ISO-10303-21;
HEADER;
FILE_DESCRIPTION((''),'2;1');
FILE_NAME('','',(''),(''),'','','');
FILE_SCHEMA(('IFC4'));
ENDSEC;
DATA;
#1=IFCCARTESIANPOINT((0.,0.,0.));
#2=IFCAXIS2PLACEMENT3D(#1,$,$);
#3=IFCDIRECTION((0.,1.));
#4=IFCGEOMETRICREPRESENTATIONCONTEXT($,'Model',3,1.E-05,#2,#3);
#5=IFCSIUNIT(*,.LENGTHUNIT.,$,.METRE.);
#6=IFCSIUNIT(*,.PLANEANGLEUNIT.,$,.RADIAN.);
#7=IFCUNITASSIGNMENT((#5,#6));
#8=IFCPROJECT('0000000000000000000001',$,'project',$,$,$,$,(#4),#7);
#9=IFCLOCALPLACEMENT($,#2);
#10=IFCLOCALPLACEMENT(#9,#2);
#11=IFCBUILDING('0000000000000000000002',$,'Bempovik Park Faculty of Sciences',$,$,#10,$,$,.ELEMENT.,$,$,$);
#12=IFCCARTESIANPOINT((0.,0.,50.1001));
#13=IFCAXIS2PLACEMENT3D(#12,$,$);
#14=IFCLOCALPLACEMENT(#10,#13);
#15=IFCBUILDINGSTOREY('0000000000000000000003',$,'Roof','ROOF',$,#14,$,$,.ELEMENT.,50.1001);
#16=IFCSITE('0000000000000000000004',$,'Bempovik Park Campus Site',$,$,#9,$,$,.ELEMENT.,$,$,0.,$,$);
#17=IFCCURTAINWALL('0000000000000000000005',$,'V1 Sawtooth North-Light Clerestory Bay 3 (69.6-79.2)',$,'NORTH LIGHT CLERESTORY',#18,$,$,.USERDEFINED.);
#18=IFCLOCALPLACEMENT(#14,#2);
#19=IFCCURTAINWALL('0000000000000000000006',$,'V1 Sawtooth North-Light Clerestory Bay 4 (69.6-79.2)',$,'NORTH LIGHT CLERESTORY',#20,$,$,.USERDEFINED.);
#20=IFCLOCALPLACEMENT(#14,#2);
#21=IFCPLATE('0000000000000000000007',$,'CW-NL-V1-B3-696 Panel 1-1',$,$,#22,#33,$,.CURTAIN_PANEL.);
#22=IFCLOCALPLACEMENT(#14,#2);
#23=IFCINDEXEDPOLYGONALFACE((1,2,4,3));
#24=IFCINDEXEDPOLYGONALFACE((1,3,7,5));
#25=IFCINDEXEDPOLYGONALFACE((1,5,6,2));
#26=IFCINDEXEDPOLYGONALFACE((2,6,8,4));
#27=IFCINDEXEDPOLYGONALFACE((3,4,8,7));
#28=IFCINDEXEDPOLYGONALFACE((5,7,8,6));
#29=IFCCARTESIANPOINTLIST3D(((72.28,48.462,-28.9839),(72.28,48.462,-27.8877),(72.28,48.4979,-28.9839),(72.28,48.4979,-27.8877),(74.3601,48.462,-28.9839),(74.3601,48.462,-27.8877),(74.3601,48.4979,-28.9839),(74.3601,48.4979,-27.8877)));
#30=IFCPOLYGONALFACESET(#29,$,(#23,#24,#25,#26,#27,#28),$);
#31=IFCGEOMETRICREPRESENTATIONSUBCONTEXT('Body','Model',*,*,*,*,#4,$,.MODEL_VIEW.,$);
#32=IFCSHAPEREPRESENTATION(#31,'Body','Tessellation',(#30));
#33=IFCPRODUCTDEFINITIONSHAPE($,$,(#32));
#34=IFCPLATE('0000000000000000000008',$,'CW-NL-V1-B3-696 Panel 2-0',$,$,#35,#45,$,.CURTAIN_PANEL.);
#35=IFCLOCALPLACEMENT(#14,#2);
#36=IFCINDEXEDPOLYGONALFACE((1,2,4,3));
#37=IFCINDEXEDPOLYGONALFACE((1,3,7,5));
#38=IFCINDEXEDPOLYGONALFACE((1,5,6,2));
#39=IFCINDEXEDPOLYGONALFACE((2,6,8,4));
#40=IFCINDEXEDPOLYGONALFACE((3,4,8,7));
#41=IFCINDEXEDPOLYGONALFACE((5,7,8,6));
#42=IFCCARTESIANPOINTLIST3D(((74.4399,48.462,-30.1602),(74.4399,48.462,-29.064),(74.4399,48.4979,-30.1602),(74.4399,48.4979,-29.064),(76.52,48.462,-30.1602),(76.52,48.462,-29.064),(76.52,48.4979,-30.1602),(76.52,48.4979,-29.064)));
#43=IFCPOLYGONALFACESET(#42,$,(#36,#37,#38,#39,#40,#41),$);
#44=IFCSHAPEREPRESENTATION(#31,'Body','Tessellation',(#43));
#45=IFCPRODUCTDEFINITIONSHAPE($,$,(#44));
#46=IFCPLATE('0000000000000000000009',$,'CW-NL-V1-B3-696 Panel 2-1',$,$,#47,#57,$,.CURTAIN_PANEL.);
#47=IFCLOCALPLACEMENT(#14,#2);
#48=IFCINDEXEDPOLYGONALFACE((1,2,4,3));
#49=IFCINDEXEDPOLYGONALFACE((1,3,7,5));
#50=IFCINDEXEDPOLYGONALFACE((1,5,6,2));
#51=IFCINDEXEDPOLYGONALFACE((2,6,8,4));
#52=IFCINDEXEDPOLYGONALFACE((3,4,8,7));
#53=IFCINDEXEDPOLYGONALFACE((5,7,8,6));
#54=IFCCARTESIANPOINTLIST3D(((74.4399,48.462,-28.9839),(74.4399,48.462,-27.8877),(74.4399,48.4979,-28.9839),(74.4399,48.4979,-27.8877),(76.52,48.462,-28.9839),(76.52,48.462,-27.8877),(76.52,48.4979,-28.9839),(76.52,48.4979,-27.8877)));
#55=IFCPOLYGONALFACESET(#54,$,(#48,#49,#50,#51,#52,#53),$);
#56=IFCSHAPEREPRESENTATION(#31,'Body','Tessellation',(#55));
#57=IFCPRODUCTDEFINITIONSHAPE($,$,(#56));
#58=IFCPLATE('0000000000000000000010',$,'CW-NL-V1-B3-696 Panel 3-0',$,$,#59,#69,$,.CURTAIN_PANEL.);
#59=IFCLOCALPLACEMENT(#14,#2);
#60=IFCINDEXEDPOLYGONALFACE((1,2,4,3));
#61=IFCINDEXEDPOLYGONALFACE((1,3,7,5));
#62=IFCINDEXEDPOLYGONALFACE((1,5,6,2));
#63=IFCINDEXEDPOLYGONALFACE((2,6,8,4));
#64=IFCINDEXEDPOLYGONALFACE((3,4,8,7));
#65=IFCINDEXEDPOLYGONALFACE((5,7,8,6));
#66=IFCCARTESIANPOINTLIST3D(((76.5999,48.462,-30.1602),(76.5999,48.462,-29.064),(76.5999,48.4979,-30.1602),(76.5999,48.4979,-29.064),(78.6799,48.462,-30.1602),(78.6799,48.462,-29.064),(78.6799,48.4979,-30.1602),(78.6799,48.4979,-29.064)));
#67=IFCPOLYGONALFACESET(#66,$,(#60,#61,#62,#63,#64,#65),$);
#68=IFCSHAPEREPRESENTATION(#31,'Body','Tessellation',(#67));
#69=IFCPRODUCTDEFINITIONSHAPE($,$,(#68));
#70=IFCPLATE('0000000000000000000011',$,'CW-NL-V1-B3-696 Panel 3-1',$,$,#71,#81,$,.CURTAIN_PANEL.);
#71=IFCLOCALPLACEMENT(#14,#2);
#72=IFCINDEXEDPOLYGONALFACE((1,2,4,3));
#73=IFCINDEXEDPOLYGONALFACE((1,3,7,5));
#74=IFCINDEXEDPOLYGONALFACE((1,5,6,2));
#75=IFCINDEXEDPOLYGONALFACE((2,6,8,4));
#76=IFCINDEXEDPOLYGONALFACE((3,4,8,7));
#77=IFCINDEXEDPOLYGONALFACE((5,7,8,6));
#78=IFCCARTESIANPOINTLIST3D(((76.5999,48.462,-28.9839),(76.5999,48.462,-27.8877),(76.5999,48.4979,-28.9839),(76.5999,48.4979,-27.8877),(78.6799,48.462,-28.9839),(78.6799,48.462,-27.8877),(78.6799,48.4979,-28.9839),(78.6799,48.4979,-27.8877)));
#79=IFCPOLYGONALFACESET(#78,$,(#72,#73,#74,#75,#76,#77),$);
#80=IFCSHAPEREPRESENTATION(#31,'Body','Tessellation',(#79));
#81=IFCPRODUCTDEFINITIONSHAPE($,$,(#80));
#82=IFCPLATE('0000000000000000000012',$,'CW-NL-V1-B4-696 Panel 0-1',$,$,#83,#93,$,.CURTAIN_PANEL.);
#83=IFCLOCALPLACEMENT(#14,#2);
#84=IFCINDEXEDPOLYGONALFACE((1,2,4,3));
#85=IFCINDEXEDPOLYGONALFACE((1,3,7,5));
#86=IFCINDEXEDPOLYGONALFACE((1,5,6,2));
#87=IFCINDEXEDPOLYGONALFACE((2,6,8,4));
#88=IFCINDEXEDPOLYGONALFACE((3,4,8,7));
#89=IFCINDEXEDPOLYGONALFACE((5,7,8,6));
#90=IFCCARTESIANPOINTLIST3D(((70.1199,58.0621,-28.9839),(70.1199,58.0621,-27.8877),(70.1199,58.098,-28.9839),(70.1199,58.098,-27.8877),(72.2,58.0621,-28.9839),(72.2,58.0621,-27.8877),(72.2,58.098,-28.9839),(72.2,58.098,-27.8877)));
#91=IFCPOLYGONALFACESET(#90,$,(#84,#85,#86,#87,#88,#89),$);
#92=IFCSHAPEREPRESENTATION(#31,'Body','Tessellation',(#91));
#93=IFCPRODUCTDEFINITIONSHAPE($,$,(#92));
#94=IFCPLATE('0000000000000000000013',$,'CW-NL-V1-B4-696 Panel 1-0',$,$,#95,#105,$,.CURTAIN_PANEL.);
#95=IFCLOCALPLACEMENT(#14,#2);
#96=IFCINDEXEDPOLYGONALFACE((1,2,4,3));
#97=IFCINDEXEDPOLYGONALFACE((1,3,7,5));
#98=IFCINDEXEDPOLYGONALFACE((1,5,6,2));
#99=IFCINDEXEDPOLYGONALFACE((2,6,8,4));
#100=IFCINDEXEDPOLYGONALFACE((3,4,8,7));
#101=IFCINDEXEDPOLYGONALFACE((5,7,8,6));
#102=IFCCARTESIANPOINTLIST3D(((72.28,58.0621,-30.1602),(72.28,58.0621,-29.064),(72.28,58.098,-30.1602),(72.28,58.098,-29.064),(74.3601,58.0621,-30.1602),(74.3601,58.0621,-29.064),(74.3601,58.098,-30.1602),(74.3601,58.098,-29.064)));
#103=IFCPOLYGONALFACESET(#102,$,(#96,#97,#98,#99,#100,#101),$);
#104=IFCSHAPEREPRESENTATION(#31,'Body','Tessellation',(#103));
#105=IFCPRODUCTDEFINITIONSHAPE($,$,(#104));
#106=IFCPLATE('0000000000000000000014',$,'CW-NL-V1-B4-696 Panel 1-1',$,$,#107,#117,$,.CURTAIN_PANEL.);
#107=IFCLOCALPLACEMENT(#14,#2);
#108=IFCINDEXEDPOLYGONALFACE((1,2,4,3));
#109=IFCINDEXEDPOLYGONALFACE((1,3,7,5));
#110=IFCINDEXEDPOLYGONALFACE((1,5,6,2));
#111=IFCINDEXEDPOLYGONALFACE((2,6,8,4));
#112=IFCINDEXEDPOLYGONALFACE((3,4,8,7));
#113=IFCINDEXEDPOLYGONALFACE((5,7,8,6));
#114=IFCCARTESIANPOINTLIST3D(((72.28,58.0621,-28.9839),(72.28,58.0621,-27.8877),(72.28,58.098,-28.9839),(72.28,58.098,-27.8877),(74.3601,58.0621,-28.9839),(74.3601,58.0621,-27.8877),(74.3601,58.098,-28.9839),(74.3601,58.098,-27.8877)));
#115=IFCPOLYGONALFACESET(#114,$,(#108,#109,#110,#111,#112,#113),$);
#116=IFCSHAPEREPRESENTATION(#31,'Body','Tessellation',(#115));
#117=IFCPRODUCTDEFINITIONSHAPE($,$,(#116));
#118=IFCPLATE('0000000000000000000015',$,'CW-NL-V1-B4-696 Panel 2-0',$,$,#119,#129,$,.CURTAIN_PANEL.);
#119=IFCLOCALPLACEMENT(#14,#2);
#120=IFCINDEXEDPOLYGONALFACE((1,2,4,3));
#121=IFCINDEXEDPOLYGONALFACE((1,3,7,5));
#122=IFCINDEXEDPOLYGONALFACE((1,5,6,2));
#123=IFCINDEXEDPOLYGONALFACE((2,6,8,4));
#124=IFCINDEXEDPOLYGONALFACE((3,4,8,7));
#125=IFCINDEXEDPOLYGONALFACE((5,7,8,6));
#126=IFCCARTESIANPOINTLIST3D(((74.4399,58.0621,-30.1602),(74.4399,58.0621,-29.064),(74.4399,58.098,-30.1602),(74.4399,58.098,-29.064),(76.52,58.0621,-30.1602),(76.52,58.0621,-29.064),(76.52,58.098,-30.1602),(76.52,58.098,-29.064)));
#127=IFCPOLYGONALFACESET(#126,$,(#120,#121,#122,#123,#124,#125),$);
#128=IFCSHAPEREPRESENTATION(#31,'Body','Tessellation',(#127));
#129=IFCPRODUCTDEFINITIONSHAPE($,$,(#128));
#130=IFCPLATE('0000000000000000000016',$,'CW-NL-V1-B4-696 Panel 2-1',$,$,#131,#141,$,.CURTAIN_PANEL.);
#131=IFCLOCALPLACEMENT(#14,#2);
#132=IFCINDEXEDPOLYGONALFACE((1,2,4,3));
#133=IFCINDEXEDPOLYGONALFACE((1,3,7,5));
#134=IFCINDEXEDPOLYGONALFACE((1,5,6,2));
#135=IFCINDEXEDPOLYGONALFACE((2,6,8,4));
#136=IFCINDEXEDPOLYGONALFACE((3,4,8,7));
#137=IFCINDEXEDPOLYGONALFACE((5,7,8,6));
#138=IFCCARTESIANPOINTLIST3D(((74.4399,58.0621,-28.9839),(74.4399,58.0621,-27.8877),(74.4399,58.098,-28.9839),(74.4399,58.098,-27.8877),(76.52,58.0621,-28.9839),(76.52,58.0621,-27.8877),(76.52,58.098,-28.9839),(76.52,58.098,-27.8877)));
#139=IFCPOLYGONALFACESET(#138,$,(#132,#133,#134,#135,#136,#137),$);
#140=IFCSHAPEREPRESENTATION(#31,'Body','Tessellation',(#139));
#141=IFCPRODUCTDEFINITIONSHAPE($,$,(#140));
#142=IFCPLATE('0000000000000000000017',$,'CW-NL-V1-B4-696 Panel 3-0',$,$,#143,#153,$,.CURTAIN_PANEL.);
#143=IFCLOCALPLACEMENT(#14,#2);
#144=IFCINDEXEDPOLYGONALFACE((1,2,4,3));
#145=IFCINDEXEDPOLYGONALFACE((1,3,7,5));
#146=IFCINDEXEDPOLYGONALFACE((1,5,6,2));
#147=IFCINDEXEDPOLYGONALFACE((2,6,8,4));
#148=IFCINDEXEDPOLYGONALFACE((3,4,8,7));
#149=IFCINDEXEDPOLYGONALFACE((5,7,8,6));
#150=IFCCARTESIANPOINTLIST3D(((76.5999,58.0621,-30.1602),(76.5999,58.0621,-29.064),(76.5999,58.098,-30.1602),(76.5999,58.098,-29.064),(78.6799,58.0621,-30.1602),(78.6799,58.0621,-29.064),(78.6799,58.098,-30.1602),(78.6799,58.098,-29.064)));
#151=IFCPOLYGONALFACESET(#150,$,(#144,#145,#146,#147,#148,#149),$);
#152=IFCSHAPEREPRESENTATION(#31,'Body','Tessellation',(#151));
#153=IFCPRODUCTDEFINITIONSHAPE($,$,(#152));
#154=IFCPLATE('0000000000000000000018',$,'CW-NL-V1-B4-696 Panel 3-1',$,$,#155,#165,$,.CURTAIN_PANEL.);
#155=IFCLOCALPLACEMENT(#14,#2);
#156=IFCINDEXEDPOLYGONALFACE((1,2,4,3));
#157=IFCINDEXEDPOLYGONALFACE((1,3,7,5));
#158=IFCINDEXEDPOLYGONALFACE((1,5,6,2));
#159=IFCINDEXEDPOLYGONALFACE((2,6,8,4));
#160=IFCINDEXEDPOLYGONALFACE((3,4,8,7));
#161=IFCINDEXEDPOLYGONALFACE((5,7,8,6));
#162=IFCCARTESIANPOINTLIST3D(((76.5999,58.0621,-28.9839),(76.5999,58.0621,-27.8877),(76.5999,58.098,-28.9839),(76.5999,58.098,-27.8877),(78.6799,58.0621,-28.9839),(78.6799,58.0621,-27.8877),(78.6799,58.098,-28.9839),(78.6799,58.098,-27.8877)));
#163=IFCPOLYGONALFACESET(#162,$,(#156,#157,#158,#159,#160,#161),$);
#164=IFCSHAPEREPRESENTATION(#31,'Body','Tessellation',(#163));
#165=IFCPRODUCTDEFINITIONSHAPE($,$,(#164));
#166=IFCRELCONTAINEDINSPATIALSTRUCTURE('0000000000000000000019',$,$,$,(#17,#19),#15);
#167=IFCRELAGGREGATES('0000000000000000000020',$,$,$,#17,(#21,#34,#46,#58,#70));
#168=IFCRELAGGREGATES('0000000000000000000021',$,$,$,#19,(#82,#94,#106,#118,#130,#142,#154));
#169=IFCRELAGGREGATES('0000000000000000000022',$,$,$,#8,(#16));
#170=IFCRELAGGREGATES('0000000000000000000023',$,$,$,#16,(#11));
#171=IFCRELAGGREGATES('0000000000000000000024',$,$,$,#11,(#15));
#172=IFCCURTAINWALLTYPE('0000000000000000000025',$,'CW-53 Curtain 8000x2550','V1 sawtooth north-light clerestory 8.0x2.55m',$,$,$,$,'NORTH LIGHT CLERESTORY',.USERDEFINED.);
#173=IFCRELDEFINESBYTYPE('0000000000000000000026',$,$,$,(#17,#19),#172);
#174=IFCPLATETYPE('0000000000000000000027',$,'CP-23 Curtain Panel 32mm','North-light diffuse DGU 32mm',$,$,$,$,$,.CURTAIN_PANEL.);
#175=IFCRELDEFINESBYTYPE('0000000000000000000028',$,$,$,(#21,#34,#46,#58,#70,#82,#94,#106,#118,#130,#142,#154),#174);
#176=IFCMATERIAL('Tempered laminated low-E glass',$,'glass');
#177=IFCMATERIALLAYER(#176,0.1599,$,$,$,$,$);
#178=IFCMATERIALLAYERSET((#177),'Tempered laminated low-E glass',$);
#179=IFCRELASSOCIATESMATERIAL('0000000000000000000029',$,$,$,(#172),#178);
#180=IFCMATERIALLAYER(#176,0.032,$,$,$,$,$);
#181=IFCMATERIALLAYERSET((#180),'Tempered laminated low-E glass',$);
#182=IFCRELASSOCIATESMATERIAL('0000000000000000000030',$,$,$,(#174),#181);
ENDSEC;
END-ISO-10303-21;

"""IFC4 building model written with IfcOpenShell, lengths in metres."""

from ifc_helpers import new_model, si_unit, direction, frame, origin, origin_2d, place, context, subcontext, project, spatial, rectangle, extrude, material, layer, layer_set, type_object, element, aggregate, save


model = new_model("IFC4")

# Units and contexts
model_context = context("Model", 3, precision=1e-05, world=origin(), true_north=direction((0.0, 1.0)))
body_context = subcontext(model_context, "Body", "Model", "MODEL_VIEW")
ifc_project = project(units=[si_unit("LENGTHUNIT", "METRE"), si_unit("PLANEANGLEUNIT", "RADIAN")], contexts=[model_context])

# Site, building, storey
site_placement = place(None, origin())
site = spatial("IfcSite", under=ifc_project, at=site_placement, Name="Bempovik Park Campus Site", CompositionType="ELEMENT", RefElevation=0.0)
building_placement = place(site_placement, origin())
building = spatial("IfcBuilding", under=site, at=building_placement, Name="Bempovik Park Faculty of Sciences", CompositionType="ELEMENT")
storey_placement = place(building_placement, frame((0.0, 0.0, 50.1001)))
storey = spatial("IfcBuildingStorey", under=building, at=storey_placement, Name="Roof", Description="ROOF", CompositionType="ELEMENT", Elevation=50.1001)

# Curtain wall
ifc_material_1 = material(Name="Tempered laminated low-E glass", Category="glass")
ifc_layer_1 = layer(ifc_material_1, 0.1599)
ifc_layer_set_1 = layer_set([ifc_layer_1], Name="Tempered laminated low-E glass")
curtain_wall_type = type_object("IfcCurtainWallType", Name="CW-53 Curtain 8000x2550", Description="V1 sawtooth north-light clerestory 8.0x2.55m", ElementType="NORTH LIGHT CLERESTORY", PredefinedType="USERDEFINED", material=ifc_layer_set_1)
curtain_wall_1_placement = place(storey_placement, origin())
curtain_wall_1 = element("IfcCurtainWall", 1, at=curtain_wall_1_placement, inside=storey, type_object=curtain_wall_type, Name="V1 Sawtooth North-Light Clerestory Bay 3 (69.6-79.2)", ObjectType="NORTH LIGHT CLERESTORY", PredefinedType="USERDEFINED")

# Curtain wall
curtain_wall_2_placement = place(storey_placement, origin())
curtain_wall_2 = element("IfcCurtainWall", 2, at=curtain_wall_2_placement, inside=storey, type_object=curtain_wall_type, Name="V1 Sawtooth North-Light Clerestory Bay 4 (69.6-79.2)", ObjectType="NORTH LIGHT CLERESTORY", PredefinedType="USERDEFINED")

# Plates
ifc_layer_2 = layer(ifc_material_1, 0.032)
ifc_layer_set_2 = layer_set([ifc_layer_2], Name="Tempered laminated low-E glass")
plate_type = type_object("IfcPlateType", Name="CP-23 Curtain Panel 32mm", Description="North-light diffuse DGU 32mm", PredefinedType="CURTAIN_PANEL", material=ifc_layer_set_2)
plate_1_placement = place(storey_placement, frame((73.3201, 48.48, -28.9839), z_axis=(0.0, 0.0, 1.0), x_axis=(1.0, 0.0, 0.0)))
plate_1 = element("IfcPlate", 3, at=plate_1_placement, type_object=plate_type, Name="CW-NL-V1-B3-696 Panel 1-1", PredefinedType="CURTAIN_PANEL", context=body_context, shape_type="SweptSolid", body=[
    extrude(rectangle(XDim=2.0801, YDim=0.0359, at=origin_2d()), origin(), (0.0, 0.0, 1.0), 1.0962),
])
plate_2_placement = place(storey_placement, frame((75.48, 48.48, -30.1602), z_axis=(0.0, 0.0, 1.0), x_axis=(1.0, 0.0, 0.0)))
plate_2 = element("IfcPlate", 4, at=plate_2_placement, type_object=plate_type, Name="CW-NL-V1-B3-696 Panel 2-0", PredefinedType="CURTAIN_PANEL", context=body_context, shape_type="SweptSolid", body=[
    extrude(rectangle(XDim=2.0801, YDim=0.0359, at=origin_2d()), origin(), (0.0, 0.0, 1.0), 1.0962),
])
plate_3_placement = place(storey_placement, frame((75.48, 48.48, -28.9839), z_axis=(0.0, 0.0, 1.0), x_axis=(1.0, 0.0, 0.0)))
plate_3 = element("IfcPlate", 5, at=plate_3_placement, type_object=plate_type, Name="CW-NL-V1-B3-696 Panel 2-1", PredefinedType="CURTAIN_PANEL", context=body_context, shape_type="SweptSolid", body=[
    extrude(rectangle(XDim=2.0801, YDim=0.0359, at=origin_2d()), origin(), (0.0, 0.0, 1.0), 1.0962),
])
plate_4_placement = place(storey_placement, frame((77.6399, 48.48, -30.1602), z_axis=(0.0, 0.0, 1.0), x_axis=(1.0, 0.0, 0.0)))
plate_4 = element("IfcPlate", 6, at=plate_4_placement, type_object=plate_type, Name="CW-NL-V1-B3-696 Panel 3-0", PredefinedType="CURTAIN_PANEL", context=body_context, shape_type="SweptSolid", body=[
    extrude(rectangle(XDim=2.0801, YDim=0.0359, at=origin_2d()), origin(), (0.0, 0.0, 1.0), 1.0962),
])
plate_5_placement = place(storey_placement, frame((77.6399, 48.48, -28.9839), z_axis=(0.0, 0.0, 1.0), x_axis=(1.0, 0.0, 0.0)))
plate_5 = element("IfcPlate", 7, at=plate_5_placement, type_object=plate_type, Name="CW-NL-V1-B3-696 Panel 3-1", PredefinedType="CURTAIN_PANEL", context=body_context, shape_type="SweptSolid", body=[
    extrude(rectangle(XDim=2.0801, YDim=0.0359, at=origin_2d()), origin(), (0.0, 0.0, 1.0), 1.0962),
])
aggregate(curtain_wall_1, [plate_1, plate_2, plate_3, plate_4, plate_5])
plate_6_placement = place(storey_placement, frame((71.1599, 58.0801, -28.9839), z_axis=(0.0, 0.0, 1.0), x_axis=(1.0, 0.0, 0.0)))
plate_6 = element("IfcPlate", 8, at=plate_6_placement, type_object=plate_type, Name="CW-NL-V1-B4-696 Panel 0-1", PredefinedType="CURTAIN_PANEL", context=body_context, shape_type="SweptSolid", body=[
    extrude(rectangle(XDim=2.0801, YDim=0.0359, at=origin_2d()), origin(), (0.0, 0.0, 1.0), 1.0962),
])
plate_7_placement = place(storey_placement, frame((73.3201, 58.0801, -30.1602), z_axis=(0.0, 0.0, 1.0), x_axis=(1.0, 0.0, 0.0)))
plate_7 = element("IfcPlate", 9, at=plate_7_placement, type_object=plate_type, Name="CW-NL-V1-B4-696 Panel 1-0", PredefinedType="CURTAIN_PANEL", context=body_context, shape_type="SweptSolid", body=[
    extrude(rectangle(XDim=2.0801, YDim=0.0359, at=origin_2d()), origin(), (0.0, 0.0, 1.0), 1.0962),
])
plate_8_placement = place(storey_placement, frame((73.3201, 58.0801, -28.9839), z_axis=(0.0, 0.0, 1.0), x_axis=(1.0, 0.0, 0.0)))
plate_8 = element("IfcPlate", 10, at=plate_8_placement, type_object=plate_type, Name="CW-NL-V1-B4-696 Panel 1-1", PredefinedType="CURTAIN_PANEL", context=body_context, shape_type="SweptSolid", body=[
    extrude(rectangle(XDim=2.0801, YDim=0.0359, at=origin_2d()), origin(), (0.0, 0.0, 1.0), 1.0962),
])
plate_9_placement = place(storey_placement, frame((75.48, 58.0801, -30.1602), z_axis=(0.0, 0.0, 1.0), x_axis=(1.0, 0.0, 0.0)))
plate_9 = element("IfcPlate", 11, at=plate_9_placement, type_object=plate_type, Name="CW-NL-V1-B4-696 Panel 2-0", PredefinedType="CURTAIN_PANEL", context=body_context, shape_type="SweptSolid", body=[
    extrude(rectangle(XDim=2.0801, YDim=0.0359, at=origin_2d()), origin(), (0.0, 0.0, 1.0), 1.0962),
])
plate_10_placement = place(storey_placement, frame((75.48, 58.0801, -28.9839), z_axis=(0.0, 0.0, 1.0), x_axis=(1.0, 0.0, 0.0)))
plate_10 = element("IfcPlate", 12, at=plate_10_placement, type_object=plate_type, Name="CW-NL-V1-B4-696 Panel 2-1", PredefinedType="CURTAIN_PANEL", context=body_context, shape_type="SweptSolid", body=[
    extrude(rectangle(XDim=2.0801, YDim=0.0359, at=origin_2d()), origin(), (0.0, 0.0, 1.0), 1.0962),
])
plate_11_placement = place(storey_placement, frame((77.6399, 58.0801, -30.1602), z_axis=(0.0, 0.0, 1.0), x_axis=(1.0, 0.0, 0.0)))
plate_11 = element("IfcPlate", 13, at=plate_11_placement, type_object=plate_type, Name="CW-NL-V1-B4-696 Panel 3-0", PredefinedType="CURTAIN_PANEL", context=body_context, shape_type="SweptSolid", body=[
    extrude(rectangle(XDim=2.0801, YDim=0.0359, at=origin_2d()), origin(), (0.0, 0.0, 1.0), 1.0962),
])
plate_12_placement = place(storey_placement, frame((77.6399, 58.0801, -28.9839), z_axis=(0.0, 0.0, 1.0), x_axis=(1.0, 0.0, 0.0)))
plate_12 = element("IfcPlate", 14, at=plate_12_placement, type_object=plate_type, Name="CW-NL-V1-B4-696 Panel 3-1", PredefinedType="CURTAIN_PANEL", context=body_context, shape_type="SweptSolid", body=[
    extrude(rectangle(XDim=2.0801, YDim=0.0359, at=origin_2d()), origin(), (0.0, 0.0, 1.0), 1.0962),
])
aggregate(curtain_wall_2, [plate_6, plate_7, plate_8, plate_9, plate_10, plate_11, plate_12])

save(model, "model.ifc")
